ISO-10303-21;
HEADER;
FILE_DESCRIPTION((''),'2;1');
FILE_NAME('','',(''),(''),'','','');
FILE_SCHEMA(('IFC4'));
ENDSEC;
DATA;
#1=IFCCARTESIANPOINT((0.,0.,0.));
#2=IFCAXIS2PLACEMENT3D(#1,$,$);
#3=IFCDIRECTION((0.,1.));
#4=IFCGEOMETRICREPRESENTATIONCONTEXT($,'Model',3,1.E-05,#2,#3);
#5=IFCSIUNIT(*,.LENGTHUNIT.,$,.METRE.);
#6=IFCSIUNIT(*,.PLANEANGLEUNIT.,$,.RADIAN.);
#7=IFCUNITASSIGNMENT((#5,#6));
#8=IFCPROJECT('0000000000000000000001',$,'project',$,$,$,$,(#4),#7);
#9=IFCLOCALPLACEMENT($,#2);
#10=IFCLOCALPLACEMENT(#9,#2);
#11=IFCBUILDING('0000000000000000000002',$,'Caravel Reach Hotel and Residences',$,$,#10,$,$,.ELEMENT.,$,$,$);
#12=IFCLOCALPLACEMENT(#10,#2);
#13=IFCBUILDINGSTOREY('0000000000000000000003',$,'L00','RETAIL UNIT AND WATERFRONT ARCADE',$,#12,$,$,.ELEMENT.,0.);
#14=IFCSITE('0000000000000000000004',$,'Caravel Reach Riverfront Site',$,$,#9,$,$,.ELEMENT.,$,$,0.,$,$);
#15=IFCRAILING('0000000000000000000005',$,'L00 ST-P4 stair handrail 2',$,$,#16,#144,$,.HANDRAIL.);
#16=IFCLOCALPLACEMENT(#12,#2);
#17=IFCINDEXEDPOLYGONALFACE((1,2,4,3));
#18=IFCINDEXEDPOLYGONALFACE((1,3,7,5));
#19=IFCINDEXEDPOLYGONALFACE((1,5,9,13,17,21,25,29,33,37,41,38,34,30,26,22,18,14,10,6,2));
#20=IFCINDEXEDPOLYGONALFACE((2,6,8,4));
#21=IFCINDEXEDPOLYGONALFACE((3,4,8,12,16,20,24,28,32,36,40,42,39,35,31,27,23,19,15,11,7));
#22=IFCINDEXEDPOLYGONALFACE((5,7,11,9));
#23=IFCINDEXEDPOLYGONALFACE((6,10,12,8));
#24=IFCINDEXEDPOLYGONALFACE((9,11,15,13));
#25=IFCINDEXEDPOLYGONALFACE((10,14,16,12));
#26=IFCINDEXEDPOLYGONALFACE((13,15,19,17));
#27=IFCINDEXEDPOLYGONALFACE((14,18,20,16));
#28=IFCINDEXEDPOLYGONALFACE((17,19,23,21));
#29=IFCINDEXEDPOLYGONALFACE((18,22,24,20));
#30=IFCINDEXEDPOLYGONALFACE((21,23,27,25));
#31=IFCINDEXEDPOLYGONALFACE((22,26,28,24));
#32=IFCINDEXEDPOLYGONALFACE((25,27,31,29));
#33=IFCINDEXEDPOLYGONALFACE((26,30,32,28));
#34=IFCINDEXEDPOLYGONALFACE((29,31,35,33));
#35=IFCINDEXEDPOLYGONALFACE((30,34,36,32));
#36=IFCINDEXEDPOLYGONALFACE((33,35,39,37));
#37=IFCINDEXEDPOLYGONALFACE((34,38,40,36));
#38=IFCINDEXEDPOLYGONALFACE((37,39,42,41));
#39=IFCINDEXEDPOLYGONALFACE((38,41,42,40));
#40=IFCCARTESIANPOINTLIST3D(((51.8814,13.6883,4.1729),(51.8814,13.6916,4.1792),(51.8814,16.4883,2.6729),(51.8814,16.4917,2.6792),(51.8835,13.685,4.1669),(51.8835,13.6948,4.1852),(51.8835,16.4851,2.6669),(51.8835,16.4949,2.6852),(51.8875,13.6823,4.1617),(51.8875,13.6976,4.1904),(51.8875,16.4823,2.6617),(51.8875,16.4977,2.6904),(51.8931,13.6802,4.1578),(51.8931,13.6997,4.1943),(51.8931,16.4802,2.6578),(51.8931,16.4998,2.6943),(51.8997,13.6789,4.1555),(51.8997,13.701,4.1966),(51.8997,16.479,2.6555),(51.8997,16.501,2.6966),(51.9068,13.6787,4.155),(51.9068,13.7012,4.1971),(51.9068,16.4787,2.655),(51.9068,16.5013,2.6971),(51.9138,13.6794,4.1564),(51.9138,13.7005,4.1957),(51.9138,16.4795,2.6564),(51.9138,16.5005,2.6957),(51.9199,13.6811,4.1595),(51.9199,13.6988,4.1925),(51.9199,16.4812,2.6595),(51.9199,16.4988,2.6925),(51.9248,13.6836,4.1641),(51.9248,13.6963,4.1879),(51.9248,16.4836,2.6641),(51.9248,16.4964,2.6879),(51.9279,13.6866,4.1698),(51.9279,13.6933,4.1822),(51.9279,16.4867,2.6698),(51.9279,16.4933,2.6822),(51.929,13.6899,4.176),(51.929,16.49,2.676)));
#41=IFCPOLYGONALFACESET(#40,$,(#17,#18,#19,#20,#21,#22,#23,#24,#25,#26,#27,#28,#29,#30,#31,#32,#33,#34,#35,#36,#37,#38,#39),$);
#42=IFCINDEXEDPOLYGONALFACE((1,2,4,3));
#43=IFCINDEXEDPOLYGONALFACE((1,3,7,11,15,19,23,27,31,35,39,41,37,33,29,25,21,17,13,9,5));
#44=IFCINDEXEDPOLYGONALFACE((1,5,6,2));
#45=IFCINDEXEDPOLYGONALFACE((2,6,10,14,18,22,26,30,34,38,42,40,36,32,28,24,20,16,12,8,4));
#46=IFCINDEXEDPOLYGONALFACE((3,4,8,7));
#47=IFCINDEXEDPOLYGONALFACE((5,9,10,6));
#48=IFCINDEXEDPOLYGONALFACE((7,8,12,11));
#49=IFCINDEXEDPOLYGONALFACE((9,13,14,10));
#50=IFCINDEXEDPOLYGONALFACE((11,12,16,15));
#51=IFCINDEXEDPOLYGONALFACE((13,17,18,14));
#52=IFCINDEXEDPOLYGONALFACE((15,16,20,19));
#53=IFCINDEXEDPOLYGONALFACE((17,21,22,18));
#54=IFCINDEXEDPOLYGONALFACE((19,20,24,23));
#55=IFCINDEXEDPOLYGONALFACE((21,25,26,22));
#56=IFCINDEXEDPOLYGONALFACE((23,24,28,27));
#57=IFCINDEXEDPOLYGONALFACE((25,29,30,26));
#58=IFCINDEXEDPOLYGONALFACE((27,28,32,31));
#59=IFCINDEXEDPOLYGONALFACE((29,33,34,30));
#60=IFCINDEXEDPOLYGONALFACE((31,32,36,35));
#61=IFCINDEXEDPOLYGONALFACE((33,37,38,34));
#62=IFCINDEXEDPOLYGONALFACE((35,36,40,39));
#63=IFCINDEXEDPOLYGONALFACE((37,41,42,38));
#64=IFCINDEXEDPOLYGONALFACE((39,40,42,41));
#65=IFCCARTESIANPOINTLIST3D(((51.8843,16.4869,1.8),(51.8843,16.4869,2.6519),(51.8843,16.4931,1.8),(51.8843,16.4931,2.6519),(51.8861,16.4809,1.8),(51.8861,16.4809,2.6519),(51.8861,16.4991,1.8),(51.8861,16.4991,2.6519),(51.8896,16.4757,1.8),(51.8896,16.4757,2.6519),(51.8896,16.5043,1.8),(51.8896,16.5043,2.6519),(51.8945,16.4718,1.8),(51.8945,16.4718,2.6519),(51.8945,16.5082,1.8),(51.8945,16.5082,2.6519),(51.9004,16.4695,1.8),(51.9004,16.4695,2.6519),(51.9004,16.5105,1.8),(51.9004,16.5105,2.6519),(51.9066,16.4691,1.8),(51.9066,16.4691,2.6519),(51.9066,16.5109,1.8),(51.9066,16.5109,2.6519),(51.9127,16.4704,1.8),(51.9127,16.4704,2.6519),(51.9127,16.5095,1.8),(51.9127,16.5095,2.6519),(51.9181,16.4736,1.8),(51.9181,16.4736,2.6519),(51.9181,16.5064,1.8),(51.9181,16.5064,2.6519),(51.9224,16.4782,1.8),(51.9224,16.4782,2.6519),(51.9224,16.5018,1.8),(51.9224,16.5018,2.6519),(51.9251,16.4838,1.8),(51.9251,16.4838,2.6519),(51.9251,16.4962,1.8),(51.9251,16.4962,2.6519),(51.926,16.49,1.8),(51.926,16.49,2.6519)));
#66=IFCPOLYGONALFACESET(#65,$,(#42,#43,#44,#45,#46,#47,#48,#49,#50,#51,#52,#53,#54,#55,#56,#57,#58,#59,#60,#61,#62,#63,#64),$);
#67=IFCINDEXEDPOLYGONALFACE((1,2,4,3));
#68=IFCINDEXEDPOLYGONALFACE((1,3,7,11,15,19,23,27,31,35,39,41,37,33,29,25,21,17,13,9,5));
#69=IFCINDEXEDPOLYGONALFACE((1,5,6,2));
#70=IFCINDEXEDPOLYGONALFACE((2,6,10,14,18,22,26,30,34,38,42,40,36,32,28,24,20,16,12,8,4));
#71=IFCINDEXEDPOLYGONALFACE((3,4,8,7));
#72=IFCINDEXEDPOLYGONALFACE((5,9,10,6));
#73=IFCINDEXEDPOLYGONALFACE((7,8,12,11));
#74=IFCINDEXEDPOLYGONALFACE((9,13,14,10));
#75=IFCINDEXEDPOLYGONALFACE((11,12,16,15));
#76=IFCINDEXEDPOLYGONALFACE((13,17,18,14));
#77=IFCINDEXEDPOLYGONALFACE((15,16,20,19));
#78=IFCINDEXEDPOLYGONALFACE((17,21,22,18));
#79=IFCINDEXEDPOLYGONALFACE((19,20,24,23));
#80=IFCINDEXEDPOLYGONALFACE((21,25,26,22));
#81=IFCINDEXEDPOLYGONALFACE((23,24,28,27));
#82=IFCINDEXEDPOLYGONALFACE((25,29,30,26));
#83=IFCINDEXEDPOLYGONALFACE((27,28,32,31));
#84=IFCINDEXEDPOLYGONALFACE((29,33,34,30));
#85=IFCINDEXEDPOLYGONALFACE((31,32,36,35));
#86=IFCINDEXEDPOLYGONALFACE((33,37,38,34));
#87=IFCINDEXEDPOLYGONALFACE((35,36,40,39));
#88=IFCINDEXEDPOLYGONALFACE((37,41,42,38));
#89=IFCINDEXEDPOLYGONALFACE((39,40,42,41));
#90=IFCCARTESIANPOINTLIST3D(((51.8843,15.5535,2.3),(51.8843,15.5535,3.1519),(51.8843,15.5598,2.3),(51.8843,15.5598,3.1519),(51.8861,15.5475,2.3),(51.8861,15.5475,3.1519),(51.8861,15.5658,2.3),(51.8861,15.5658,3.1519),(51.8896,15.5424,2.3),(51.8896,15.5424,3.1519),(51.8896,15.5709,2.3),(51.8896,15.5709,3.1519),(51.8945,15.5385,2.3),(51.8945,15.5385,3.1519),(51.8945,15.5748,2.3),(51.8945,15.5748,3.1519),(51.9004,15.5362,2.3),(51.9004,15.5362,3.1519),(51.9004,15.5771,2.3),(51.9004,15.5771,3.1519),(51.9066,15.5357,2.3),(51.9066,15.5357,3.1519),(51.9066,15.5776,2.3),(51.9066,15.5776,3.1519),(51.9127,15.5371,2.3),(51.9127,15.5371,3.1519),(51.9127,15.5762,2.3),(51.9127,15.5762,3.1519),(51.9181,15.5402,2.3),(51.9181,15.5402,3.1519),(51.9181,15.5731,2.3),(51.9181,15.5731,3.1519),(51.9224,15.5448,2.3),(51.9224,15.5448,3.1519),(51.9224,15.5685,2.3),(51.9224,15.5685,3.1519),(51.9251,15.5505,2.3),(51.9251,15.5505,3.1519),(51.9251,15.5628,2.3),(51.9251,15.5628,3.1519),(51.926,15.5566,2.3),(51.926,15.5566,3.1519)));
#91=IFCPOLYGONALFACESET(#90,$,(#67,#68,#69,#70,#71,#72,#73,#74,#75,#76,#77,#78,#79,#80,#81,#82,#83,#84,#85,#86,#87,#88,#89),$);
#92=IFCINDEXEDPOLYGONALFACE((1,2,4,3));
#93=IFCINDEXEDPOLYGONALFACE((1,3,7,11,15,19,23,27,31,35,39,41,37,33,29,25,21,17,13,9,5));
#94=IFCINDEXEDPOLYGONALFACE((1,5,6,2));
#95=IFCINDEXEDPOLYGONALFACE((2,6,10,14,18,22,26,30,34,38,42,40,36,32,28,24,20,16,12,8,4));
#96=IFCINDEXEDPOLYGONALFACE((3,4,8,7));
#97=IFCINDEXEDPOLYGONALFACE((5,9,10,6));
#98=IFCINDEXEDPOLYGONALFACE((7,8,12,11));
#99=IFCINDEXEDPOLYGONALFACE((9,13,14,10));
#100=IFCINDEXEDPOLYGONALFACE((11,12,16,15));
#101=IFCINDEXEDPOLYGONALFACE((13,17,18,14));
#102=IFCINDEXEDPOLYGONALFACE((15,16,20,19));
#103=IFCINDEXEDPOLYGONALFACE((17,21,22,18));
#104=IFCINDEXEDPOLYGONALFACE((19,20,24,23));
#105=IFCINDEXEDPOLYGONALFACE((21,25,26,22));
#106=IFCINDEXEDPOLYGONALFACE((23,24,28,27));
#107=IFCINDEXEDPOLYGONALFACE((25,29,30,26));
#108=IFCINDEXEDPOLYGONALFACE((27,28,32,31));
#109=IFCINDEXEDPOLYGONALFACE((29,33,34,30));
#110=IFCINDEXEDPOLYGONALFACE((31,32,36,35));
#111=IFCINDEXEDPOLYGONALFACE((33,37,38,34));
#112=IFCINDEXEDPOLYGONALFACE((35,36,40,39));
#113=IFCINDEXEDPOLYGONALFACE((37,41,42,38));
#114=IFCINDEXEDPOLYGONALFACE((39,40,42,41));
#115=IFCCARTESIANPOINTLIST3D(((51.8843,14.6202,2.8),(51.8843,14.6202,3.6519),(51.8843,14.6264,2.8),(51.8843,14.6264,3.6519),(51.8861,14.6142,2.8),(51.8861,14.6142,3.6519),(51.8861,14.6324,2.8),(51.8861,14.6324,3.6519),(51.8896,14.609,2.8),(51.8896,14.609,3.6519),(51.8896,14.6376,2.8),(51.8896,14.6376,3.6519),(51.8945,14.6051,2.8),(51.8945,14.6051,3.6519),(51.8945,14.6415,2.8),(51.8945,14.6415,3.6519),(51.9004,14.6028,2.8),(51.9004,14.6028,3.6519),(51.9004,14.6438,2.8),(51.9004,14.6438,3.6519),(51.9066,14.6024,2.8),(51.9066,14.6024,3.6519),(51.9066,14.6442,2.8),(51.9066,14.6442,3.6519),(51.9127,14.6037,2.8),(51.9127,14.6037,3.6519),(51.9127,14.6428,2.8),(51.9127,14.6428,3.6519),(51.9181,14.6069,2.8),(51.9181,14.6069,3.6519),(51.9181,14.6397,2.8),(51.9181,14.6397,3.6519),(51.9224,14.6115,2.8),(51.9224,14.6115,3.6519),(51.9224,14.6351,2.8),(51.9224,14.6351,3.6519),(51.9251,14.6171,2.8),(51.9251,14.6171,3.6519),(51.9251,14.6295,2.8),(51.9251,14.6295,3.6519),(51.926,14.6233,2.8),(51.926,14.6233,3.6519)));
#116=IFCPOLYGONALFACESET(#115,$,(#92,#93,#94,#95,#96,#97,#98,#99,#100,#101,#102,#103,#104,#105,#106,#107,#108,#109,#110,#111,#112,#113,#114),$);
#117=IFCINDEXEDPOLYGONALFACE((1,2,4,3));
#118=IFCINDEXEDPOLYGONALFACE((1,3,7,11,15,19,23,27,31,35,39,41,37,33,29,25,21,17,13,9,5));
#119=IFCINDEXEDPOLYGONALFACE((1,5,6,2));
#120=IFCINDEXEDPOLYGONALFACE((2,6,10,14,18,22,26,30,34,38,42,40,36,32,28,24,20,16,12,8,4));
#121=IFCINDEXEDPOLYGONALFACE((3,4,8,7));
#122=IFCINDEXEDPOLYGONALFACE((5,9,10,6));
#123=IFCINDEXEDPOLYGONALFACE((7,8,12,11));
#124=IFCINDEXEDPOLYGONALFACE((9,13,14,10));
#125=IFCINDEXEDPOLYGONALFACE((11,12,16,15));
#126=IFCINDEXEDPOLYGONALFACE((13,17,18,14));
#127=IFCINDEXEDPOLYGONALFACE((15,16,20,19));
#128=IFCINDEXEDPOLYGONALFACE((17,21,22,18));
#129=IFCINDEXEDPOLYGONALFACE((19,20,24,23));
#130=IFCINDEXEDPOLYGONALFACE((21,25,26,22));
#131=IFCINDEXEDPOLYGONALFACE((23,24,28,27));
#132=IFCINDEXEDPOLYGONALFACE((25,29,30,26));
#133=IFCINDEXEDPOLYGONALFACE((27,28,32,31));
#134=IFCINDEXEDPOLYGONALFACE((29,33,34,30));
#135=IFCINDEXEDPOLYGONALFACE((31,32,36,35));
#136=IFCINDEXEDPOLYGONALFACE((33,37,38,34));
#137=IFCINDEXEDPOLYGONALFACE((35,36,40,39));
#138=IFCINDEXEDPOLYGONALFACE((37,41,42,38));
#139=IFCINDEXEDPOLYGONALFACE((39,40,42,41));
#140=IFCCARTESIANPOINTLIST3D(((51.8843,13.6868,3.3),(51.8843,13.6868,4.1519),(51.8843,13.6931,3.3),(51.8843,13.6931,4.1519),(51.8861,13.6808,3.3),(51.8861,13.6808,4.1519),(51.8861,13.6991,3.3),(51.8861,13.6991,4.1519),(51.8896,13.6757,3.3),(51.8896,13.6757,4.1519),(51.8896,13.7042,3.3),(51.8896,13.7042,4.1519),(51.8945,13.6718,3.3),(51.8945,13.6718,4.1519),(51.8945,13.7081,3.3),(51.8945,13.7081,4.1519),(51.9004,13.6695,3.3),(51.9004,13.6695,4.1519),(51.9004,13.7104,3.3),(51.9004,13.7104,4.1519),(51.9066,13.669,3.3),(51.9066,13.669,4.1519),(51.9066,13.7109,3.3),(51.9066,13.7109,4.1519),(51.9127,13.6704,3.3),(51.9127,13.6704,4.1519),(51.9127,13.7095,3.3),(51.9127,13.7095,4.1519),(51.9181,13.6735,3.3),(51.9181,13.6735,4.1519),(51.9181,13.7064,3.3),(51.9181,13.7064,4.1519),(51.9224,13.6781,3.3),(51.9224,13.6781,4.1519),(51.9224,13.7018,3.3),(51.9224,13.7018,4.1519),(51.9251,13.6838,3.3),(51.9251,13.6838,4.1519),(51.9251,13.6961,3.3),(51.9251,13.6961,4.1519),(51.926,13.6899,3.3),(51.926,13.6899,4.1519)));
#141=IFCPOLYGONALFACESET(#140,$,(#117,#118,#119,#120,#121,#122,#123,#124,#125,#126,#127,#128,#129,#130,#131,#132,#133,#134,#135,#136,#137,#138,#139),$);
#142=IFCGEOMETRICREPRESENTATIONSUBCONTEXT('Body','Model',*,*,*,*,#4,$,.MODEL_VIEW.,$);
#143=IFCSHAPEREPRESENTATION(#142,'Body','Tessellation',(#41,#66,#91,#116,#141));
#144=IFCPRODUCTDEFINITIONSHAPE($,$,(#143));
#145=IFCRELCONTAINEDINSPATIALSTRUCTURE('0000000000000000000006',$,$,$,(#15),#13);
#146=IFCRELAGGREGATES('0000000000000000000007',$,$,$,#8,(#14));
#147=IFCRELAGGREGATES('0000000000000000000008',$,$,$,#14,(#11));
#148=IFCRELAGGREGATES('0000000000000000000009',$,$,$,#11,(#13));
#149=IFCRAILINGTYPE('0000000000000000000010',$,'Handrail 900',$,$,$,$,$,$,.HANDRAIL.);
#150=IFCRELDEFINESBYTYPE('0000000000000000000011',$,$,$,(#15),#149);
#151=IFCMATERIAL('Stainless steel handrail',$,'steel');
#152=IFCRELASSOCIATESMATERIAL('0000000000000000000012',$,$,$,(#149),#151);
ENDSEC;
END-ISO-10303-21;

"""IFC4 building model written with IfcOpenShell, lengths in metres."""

from ifc_helpers import new_model, si_unit, direction, frame, origin, origin_2d, place, context, subcontext, project, spatial, circle, extrude, material, type_object, element, save


model = new_model("IFC4")

# Units and contexts
model_context = context("Model", 3, precision=1e-05, world=origin(), true_north=direction((0.0, 1.0)))
body_context = subcontext(model_context, "Body", "Model", "MODEL_VIEW")
ifc_project = project(units=[si_unit("LENGTHUNIT", "METRE"), si_unit("PLANEANGLEUNIT", "RADIAN")], contexts=[model_context])

# Site, building, storey
site_placement = place(None, origin())
site = spatial("IfcSite", under=ifc_project, at=site_placement, Name="Caravel Reach Riverfront Site", CompositionType="ELEMENT", RefElevation=0.0)
building_placement = place(site_placement, origin())
building = spatial("IfcBuilding", under=site, at=building_placement, Name="Caravel Reach Hotel and Residences", CompositionType="ELEMENT")
storey_placement = place(building_placement, origin())
storey = spatial("IfcBuildingStorey", under=building, at=storey_placement, Name="L00", Description="RETAIL UNIT AND WATERFRONT ARCADE", CompositionType="ELEMENT", Elevation=0.0)

# Railing
ifc_material_1 = material(Name="Stainless steel handrail", Category="steel")
railing_type_1 = type_object("IfcRailingType", Name="Handrail 900", PredefinedType="HANDRAIL", material=ifc_material_1)
railing_1_placement = place(storey_placement, frame((51.905, 16.49, 1.8)))
element("IfcRailing", 1, at=railing_1_placement, inside=storey, type_object=railing_type_1, Name="L00 ST-P4 stair handrail 2", PredefinedType="HANDRAIL", context=body_context, shape_type="SweptSolid", body=[
    extrude(circle(Radius=0.0239, at=origin_2d()), frame((0.0, 0.0, 0.876), z_axis=(0.0, -0.881483, 0.472215), x_axis=(1.0, 0.0, 0.0)), (0.0, 0.0, 1.0), 3.1765),
    extrude(circle(Radius=0.021, at=origin_2d()), origin(), (0.0, 0.0, 1.0), 0.8518),
    extrude(circle(Radius=0.021, at=origin_2d()), frame((0.0, -0.9333, 0.5)), (0.0, 0.0, 1.0), 0.8518),
    extrude(circle(Radius=0.021, at=origin_2d()), frame((0.0, -1.8667, 1.0)), (0.0, 0.0, 1.0), 0.8518),
    extrude(circle(Radius=0.021, at=origin_2d()), frame((0.0, -2.8, 1.5)), (0.0, 0.0, 1.0), 0.8518),
])

save(model, "model.ifc")
